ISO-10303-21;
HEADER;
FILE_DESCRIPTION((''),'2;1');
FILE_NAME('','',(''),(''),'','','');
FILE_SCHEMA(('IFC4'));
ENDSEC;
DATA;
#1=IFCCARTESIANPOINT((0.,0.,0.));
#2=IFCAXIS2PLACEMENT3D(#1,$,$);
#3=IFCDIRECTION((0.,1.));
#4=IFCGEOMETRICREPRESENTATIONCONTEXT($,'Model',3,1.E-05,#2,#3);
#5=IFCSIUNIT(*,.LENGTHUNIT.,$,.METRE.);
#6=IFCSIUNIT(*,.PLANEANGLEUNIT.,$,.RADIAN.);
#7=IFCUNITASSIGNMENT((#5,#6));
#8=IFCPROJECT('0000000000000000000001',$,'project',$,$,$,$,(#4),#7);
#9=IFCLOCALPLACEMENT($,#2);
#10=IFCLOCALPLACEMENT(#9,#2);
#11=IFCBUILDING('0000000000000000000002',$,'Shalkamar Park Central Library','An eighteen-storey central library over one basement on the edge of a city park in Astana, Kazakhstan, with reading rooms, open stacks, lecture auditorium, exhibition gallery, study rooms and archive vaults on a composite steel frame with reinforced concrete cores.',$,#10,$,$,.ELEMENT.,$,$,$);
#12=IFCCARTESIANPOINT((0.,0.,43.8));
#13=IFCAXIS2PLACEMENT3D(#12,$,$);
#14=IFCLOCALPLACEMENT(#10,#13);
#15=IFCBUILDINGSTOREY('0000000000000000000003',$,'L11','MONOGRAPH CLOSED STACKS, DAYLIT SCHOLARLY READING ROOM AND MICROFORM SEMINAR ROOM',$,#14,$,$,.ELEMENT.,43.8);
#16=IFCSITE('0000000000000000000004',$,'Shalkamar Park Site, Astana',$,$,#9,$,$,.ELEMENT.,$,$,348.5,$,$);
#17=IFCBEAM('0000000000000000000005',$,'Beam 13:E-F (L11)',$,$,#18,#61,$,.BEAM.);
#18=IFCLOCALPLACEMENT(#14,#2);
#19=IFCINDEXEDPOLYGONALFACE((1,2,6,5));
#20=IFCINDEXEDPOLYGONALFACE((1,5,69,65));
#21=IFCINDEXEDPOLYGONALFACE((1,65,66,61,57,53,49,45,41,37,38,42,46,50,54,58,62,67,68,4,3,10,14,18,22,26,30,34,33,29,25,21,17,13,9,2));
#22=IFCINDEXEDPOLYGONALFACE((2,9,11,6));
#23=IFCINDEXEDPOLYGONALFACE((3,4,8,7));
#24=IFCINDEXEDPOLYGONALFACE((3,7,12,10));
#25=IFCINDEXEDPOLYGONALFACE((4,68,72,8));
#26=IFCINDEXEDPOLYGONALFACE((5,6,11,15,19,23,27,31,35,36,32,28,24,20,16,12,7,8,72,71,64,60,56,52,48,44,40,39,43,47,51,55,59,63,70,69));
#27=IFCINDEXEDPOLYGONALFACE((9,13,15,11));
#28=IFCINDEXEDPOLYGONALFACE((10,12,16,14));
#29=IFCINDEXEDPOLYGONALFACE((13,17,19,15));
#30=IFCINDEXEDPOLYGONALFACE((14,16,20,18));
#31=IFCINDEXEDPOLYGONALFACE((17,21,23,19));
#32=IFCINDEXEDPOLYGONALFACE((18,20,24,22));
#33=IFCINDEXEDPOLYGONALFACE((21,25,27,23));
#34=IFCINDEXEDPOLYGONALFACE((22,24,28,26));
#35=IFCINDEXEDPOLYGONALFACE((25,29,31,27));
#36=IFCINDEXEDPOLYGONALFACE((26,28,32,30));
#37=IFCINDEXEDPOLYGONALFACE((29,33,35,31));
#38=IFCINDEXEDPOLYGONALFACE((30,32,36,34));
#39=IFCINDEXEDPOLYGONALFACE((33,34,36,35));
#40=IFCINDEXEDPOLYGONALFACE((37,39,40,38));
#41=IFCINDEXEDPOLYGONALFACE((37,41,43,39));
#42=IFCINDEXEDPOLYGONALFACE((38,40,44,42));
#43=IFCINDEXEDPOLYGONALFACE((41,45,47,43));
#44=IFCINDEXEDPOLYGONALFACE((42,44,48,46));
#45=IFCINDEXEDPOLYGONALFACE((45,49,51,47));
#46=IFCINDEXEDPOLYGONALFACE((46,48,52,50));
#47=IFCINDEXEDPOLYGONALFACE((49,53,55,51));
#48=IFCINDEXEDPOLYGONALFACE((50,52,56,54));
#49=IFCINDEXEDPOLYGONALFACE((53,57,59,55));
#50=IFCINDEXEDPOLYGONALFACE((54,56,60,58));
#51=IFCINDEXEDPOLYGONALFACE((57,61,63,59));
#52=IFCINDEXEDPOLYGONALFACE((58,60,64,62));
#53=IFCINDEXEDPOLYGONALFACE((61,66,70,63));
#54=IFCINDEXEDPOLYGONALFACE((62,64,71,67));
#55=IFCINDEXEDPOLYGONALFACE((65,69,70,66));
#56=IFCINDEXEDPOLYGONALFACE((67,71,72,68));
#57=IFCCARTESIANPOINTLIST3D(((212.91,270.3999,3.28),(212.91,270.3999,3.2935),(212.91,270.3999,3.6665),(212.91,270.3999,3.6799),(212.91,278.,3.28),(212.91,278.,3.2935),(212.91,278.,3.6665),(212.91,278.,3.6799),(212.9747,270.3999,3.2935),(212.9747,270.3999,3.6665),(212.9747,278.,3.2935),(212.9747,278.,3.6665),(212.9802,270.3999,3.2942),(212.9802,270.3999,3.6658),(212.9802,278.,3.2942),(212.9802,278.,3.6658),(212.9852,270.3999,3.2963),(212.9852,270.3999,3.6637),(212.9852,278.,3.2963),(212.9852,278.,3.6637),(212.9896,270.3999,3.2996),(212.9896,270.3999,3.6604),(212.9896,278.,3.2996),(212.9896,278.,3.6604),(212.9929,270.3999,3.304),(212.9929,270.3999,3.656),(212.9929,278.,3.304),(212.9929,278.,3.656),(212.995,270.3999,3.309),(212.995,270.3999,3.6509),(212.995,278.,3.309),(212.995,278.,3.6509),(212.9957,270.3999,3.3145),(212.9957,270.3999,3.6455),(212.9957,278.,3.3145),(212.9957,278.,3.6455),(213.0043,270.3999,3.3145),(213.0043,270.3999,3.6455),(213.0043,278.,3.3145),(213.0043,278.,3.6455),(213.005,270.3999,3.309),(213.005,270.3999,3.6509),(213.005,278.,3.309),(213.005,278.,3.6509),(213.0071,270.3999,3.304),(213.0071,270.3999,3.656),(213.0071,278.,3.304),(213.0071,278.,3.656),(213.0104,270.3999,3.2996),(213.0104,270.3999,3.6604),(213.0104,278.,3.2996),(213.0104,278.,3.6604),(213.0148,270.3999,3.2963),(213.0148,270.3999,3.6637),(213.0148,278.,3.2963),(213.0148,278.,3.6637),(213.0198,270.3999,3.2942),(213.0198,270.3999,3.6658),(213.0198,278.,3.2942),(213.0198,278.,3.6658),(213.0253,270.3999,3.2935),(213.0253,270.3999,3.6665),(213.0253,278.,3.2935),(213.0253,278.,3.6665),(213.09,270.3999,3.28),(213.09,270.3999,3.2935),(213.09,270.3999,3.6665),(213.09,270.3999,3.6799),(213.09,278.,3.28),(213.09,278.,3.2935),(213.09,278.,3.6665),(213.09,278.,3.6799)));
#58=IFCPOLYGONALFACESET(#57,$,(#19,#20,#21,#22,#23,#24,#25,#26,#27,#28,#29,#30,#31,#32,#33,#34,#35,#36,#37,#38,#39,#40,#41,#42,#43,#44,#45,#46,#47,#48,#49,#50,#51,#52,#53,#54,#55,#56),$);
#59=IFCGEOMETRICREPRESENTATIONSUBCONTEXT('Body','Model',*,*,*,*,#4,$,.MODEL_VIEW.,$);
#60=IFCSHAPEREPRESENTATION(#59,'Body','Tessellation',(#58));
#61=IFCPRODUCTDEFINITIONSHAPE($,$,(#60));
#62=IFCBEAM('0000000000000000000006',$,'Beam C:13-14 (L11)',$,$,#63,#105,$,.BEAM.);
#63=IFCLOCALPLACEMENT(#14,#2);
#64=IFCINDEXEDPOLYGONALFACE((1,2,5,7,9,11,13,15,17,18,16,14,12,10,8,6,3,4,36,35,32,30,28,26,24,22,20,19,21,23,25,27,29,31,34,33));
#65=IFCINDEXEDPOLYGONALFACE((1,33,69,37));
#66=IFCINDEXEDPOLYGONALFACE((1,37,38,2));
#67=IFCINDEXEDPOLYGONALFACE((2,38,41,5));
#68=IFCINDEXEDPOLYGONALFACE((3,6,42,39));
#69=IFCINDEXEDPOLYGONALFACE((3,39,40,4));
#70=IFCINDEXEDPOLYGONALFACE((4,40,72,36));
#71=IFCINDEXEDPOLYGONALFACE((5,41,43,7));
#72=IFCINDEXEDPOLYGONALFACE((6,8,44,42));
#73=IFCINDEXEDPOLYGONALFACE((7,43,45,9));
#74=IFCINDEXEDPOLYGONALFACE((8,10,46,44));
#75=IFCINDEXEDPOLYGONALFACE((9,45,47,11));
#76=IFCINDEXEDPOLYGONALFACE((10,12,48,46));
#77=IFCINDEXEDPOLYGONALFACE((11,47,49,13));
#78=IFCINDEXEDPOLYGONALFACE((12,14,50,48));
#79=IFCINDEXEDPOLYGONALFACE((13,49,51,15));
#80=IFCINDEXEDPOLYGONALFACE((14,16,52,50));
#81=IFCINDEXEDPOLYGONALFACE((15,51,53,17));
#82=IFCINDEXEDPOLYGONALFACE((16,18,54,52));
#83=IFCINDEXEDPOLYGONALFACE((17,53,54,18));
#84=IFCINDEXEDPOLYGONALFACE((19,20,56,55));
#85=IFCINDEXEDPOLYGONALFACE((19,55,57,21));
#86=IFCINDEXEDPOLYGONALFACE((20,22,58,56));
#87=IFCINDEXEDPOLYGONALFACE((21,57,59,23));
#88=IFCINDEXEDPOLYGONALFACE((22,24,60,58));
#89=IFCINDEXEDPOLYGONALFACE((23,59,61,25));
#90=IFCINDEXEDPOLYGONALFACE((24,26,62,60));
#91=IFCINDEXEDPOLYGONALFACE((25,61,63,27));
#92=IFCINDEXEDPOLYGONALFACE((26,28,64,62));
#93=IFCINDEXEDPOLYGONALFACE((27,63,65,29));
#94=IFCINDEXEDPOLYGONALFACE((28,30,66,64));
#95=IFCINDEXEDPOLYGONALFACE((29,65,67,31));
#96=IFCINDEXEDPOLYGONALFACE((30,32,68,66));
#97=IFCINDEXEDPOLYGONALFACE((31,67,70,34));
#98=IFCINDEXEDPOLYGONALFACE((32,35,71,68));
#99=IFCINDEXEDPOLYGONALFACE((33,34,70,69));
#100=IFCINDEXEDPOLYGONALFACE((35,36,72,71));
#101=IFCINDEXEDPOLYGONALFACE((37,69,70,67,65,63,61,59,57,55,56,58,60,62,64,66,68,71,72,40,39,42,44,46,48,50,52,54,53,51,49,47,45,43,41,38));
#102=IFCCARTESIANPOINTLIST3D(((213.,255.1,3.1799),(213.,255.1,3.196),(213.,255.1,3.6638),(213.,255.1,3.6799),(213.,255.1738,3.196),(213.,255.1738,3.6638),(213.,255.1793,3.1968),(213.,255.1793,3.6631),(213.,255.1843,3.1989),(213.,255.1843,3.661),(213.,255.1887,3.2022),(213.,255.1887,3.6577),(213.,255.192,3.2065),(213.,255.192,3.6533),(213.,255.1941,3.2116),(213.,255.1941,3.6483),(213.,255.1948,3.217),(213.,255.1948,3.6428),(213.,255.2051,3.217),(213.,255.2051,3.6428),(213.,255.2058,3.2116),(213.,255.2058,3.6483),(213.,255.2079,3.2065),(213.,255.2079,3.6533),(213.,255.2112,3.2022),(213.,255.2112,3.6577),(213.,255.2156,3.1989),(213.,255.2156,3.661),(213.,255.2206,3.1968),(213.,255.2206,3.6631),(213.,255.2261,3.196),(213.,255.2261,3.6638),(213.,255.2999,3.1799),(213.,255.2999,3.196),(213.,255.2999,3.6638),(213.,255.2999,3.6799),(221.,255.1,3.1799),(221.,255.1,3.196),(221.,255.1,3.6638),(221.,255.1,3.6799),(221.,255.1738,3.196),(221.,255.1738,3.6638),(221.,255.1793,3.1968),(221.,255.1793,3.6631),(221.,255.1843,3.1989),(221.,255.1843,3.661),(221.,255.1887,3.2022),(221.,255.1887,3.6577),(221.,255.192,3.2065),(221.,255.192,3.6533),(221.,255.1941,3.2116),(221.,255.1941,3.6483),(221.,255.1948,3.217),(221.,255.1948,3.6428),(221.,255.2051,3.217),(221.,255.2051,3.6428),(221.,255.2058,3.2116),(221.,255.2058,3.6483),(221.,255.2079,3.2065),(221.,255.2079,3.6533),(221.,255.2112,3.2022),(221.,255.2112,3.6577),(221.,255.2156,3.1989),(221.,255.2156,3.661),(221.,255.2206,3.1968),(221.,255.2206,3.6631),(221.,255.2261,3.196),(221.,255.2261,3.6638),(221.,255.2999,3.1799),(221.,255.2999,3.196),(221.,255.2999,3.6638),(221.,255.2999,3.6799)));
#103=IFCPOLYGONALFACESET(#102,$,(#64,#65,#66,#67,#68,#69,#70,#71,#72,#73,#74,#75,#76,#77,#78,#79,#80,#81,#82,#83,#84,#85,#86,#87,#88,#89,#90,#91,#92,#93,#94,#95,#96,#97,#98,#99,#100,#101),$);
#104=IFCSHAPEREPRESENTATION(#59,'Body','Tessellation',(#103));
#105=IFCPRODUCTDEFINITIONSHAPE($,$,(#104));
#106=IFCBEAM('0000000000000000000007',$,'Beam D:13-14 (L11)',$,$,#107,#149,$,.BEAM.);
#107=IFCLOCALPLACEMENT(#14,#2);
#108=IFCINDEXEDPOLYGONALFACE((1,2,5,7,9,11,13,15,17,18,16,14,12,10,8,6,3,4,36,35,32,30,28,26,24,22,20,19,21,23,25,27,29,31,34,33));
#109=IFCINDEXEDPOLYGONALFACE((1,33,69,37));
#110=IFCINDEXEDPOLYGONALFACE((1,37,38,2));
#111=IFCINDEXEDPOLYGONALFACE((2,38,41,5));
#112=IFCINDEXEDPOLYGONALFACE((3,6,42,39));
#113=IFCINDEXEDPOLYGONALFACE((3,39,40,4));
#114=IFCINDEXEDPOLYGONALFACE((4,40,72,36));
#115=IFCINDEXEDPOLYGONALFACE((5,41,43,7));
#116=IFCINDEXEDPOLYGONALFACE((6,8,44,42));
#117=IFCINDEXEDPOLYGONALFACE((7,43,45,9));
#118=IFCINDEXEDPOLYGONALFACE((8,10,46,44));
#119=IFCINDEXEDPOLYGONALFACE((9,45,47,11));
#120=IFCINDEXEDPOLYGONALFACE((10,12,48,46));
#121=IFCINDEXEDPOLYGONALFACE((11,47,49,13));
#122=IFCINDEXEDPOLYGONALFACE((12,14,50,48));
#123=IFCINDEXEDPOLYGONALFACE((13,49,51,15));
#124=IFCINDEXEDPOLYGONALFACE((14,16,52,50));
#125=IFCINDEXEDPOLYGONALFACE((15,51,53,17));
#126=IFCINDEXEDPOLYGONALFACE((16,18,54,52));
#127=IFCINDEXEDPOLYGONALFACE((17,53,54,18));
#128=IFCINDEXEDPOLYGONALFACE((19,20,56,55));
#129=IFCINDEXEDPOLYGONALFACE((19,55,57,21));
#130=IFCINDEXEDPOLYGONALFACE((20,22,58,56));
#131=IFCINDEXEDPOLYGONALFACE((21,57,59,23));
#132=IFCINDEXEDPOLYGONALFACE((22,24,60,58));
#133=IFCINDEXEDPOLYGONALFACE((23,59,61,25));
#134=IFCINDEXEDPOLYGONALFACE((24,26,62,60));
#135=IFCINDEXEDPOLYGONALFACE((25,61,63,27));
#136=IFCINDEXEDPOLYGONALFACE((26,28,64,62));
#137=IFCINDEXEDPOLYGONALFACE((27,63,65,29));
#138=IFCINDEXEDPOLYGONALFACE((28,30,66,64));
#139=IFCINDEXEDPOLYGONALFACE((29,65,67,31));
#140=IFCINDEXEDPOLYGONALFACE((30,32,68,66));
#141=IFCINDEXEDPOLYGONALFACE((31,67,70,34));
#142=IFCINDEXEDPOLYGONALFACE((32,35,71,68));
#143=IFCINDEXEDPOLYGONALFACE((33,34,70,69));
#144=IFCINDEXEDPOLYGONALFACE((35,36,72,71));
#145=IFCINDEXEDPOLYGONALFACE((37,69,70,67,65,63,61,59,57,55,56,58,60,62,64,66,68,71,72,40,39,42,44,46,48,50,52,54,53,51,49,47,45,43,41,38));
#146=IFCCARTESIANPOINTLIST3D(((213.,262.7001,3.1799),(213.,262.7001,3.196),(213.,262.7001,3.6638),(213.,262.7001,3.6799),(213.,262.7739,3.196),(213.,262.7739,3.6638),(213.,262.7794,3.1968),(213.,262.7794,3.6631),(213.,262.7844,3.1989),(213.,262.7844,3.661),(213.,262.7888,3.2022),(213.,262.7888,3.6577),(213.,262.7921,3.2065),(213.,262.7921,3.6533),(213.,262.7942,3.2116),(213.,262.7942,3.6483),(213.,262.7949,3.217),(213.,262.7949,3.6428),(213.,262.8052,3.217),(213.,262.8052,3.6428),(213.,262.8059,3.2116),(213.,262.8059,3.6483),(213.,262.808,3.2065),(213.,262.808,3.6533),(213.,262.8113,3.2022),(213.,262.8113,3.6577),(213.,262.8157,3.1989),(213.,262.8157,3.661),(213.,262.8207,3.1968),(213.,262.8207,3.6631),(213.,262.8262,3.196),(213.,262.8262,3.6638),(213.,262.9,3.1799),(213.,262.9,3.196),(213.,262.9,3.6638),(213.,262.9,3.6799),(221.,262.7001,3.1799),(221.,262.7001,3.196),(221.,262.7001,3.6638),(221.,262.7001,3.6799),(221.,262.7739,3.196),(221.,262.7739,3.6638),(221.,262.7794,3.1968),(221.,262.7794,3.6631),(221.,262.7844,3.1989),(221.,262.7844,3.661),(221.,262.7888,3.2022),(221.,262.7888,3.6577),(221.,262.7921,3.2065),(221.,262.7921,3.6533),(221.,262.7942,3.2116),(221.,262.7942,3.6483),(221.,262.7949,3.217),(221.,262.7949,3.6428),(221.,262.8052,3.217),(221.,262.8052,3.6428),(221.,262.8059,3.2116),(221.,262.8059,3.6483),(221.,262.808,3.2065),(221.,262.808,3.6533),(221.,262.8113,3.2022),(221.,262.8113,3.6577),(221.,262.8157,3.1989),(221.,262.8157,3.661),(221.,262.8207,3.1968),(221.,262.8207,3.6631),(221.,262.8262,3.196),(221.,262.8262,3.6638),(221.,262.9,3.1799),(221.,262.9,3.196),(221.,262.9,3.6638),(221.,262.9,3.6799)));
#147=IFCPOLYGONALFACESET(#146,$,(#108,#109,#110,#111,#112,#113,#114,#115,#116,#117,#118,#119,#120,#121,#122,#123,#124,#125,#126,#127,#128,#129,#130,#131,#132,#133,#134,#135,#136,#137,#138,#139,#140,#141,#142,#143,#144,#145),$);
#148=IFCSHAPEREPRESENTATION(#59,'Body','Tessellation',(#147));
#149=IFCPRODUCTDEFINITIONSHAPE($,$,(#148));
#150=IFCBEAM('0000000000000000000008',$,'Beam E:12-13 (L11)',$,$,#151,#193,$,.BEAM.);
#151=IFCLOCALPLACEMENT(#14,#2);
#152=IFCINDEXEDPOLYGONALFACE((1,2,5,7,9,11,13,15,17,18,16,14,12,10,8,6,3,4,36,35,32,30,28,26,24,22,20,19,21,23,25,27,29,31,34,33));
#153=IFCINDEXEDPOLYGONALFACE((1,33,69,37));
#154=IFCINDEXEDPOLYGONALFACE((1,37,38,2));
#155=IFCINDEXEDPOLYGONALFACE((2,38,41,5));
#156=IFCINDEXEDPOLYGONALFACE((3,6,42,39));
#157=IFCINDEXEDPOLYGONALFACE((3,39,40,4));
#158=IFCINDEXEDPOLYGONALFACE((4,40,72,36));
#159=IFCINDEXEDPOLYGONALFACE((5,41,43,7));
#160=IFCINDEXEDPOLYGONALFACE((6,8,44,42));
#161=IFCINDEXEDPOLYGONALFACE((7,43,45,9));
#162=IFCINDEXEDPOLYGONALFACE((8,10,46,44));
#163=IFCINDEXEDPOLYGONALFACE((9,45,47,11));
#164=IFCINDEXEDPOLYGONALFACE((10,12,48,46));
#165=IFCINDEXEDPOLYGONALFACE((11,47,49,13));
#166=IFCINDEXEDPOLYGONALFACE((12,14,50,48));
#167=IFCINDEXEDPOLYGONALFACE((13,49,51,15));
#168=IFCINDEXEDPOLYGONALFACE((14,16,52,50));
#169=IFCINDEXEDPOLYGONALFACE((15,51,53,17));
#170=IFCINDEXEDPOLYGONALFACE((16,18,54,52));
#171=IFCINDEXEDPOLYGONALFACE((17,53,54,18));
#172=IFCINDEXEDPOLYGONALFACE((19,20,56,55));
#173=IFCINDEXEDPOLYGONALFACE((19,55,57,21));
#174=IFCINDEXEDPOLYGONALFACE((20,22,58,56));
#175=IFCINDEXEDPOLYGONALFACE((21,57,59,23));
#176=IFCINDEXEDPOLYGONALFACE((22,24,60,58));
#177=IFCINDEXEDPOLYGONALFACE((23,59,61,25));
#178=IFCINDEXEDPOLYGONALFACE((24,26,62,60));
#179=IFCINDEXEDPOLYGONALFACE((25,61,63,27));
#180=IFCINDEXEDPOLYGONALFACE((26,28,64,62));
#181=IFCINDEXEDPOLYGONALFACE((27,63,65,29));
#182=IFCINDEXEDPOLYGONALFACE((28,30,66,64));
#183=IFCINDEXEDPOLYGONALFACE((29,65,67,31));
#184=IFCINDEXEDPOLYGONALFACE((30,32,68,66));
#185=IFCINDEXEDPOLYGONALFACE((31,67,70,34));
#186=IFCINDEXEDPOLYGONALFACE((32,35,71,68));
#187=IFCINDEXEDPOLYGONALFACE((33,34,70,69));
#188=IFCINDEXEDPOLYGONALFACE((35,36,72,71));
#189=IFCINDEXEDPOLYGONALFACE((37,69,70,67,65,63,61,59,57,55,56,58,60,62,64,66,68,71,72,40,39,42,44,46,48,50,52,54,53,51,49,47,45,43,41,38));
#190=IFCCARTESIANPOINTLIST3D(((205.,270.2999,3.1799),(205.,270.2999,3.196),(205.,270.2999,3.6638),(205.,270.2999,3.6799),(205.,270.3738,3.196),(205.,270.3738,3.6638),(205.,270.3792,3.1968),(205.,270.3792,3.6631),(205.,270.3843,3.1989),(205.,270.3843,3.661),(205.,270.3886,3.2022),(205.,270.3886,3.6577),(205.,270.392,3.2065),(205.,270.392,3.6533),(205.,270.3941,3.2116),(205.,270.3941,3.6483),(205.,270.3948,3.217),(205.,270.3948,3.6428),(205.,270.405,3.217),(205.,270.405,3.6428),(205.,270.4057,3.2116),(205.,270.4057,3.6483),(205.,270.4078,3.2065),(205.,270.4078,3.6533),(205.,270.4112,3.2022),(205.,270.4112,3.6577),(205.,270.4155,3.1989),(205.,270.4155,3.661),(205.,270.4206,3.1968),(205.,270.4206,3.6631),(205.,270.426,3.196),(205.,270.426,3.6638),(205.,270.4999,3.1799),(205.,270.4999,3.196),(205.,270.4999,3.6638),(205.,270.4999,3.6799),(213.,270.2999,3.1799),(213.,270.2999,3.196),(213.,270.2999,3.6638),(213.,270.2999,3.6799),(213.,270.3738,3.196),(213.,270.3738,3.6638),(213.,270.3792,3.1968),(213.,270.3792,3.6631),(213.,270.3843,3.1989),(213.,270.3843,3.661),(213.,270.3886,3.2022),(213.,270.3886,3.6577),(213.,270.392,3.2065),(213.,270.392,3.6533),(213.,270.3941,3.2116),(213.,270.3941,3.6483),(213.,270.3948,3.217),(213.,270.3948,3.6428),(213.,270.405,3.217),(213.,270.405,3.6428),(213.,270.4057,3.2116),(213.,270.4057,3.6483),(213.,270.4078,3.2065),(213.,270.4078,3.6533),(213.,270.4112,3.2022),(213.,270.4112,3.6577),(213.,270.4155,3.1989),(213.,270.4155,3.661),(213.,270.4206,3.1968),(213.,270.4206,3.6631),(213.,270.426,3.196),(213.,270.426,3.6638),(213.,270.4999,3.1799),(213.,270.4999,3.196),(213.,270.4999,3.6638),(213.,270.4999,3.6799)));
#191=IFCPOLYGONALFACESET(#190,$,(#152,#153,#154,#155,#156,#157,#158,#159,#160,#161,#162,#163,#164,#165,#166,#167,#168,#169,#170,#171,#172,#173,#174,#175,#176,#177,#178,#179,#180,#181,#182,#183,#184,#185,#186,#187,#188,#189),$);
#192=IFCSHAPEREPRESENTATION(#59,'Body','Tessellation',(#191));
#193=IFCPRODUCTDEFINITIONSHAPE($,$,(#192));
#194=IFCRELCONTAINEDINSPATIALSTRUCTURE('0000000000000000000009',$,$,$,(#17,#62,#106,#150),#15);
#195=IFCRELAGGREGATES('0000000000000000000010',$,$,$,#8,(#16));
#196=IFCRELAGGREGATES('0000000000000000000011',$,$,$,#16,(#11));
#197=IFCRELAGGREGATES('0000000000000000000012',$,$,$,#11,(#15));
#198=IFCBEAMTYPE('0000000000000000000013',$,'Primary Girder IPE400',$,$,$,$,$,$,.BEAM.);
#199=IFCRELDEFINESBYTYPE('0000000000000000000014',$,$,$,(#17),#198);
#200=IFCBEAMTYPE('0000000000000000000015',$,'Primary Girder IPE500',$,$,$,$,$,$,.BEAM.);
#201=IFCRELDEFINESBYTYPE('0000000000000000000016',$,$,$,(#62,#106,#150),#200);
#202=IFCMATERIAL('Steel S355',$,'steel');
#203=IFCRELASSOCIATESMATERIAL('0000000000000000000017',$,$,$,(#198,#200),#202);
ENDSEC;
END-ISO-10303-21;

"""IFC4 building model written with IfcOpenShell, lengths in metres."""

from ifc_helpers import new_model, si_unit, direction, frame, origin, origin_2d, place, context, subcontext, project, spatial, i_section, extrude, material, material_profile, profile_set, type_object, element, save


model = new_model("IFC4")

# Units and contexts
model_context = context("Model", 3, precision=1e-05, world=origin(), true_north=direction((0.0, 1.0)))
body_context = subcontext(model_context, "Body", "Model", "MODEL_VIEW")
ifc_project = project(units=[si_unit("LENGTHUNIT", "METRE"), si_unit("PLANEANGLEUNIT", "RADIAN")], contexts=[model_context])

# Site, building, storey
site_placement = place(None, origin())
site = spatial("IfcSite", under=ifc_project, at=site_placement, Name="Shalkamar Park Site, Astana", CompositionType="ELEMENT", RefElevation=348.5)
building_placement = place(site_placement, origin())
building = spatial("IfcBuilding", under=site, at=building_placement, Name="Shalkamar Park Central Library", Description="An eighteen-storey central library over one basement on the edge of a city park in Astana, Kazakhstan, with reading rooms, open stacks, lecture auditorium, exhibition gallery, study rooms and archive vaults on a composite steel frame with reinforced concrete cores.", CompositionType="ELEMENT")
storey_placement = place(building_placement, frame((0.0, 0.0, 43.8)))
storey = spatial("IfcBuildingStorey", under=building, at=storey_placement, Name="L11", Description="MONOGRAPH CLOSED STACKS, DAYLIT SCHOLARLY READING ROOM AND MICROFORM SEMINAR ROOM", CompositionType="ELEMENT", Elevation=43.8)

# Shared definitions
ifc_material_1 = material(Name="Steel S355", Category="steel")

# Beams
ifc_material_profile_1 = material_profile(ifc_material_1, i_section(OverallWidth=0.1799, OverallDepth=0.3999, WebThickness=0.0085, FlangeThickness=0.0134, FilletRadius=0.021, at=origin_2d()), Name="IPE 400")
ifc_profile_set_1 = profile_set([ifc_material_profile_1], Name="Steel S355")
beam_type_1 = type_object("IfcBeamType", Name="Primary Girder IPE400", PredefinedType="BEAM", material=ifc_profile_set_1)
beam_1_placement = place(storey_placement, frame((213.0, 270.3999, 3.48), z_axis=(0.0, 1.0, 0.0), x_axis=(-1.0, 0.0, 0.0)))
element("IfcBeam", 1, at=beam_1_placement, inside=storey, type_object=beam_type_1, Name="Beam 13:E-F (L11)", PredefinedType="BEAM", context=body_context, shape_type="SweptSolid", body=[
    extrude(i_section(OverallWidth=0.1799, OverallDepth=0.3999, WebThickness=0.0085, FlangeThickness=0.0134, FilletRadius=0.021, at=origin_2d()), origin(), (0.0, 0.0, 1.0), 7.6001),
])
ifc_material_profile_2 = material_profile(ifc_material_1, i_section(OverallWidth=0.2, OverallDepth=0.5, WebThickness=0.0103, FlangeThickness=0.0161, FilletRadius=0.021, at=origin_2d()), Name="IPE 500")
ifc_profile_set_2 = profile_set([ifc_material_profile_2], Name="Steel S355")
beam_type_2 = type_object("IfcBeamType", Name="Primary Girder IPE500", PredefinedType="BEAM", material=ifc_profile_set_2)
for number, where, z_axis, x_axis, name in (
    (2, (213.0, 255.2, 3.4299), (1.0, 0.0, 0.0), (0.0, 1.0, 0.0), "Beam C:13-14 (L11)"),
    (3, (213.0, 262.8, 3.4299), (1.0, 0.0, 0.0), (0.0, 1.0, 0.0), "Beam D:13-14 (L11)"),
    (4, (205.0, 270.3999, 3.4299), (1.0, 0.0, 0.0), (0.0, 1.0, 0.0), "Beam E:12-13 (L11)"),
):
    element("IfcBeam", number, at=place(storey_placement, frame(where, z_axis=z_axis, x_axis=x_axis)), inside=storey, type_object=beam_type_2, Name=name, PredefinedType="BEAM", context=body_context, shape_type="SweptSolid", body=[
        extrude(i_section(OverallWidth=0.2, OverallDepth=0.5, WebThickness=0.0103, FlangeThickness=0.0161, FilletRadius=0.021, at=origin_2d()), origin(), (0.0, 0.0, 1.0), 8.0),
    ])

save(model, "model.ifc")
